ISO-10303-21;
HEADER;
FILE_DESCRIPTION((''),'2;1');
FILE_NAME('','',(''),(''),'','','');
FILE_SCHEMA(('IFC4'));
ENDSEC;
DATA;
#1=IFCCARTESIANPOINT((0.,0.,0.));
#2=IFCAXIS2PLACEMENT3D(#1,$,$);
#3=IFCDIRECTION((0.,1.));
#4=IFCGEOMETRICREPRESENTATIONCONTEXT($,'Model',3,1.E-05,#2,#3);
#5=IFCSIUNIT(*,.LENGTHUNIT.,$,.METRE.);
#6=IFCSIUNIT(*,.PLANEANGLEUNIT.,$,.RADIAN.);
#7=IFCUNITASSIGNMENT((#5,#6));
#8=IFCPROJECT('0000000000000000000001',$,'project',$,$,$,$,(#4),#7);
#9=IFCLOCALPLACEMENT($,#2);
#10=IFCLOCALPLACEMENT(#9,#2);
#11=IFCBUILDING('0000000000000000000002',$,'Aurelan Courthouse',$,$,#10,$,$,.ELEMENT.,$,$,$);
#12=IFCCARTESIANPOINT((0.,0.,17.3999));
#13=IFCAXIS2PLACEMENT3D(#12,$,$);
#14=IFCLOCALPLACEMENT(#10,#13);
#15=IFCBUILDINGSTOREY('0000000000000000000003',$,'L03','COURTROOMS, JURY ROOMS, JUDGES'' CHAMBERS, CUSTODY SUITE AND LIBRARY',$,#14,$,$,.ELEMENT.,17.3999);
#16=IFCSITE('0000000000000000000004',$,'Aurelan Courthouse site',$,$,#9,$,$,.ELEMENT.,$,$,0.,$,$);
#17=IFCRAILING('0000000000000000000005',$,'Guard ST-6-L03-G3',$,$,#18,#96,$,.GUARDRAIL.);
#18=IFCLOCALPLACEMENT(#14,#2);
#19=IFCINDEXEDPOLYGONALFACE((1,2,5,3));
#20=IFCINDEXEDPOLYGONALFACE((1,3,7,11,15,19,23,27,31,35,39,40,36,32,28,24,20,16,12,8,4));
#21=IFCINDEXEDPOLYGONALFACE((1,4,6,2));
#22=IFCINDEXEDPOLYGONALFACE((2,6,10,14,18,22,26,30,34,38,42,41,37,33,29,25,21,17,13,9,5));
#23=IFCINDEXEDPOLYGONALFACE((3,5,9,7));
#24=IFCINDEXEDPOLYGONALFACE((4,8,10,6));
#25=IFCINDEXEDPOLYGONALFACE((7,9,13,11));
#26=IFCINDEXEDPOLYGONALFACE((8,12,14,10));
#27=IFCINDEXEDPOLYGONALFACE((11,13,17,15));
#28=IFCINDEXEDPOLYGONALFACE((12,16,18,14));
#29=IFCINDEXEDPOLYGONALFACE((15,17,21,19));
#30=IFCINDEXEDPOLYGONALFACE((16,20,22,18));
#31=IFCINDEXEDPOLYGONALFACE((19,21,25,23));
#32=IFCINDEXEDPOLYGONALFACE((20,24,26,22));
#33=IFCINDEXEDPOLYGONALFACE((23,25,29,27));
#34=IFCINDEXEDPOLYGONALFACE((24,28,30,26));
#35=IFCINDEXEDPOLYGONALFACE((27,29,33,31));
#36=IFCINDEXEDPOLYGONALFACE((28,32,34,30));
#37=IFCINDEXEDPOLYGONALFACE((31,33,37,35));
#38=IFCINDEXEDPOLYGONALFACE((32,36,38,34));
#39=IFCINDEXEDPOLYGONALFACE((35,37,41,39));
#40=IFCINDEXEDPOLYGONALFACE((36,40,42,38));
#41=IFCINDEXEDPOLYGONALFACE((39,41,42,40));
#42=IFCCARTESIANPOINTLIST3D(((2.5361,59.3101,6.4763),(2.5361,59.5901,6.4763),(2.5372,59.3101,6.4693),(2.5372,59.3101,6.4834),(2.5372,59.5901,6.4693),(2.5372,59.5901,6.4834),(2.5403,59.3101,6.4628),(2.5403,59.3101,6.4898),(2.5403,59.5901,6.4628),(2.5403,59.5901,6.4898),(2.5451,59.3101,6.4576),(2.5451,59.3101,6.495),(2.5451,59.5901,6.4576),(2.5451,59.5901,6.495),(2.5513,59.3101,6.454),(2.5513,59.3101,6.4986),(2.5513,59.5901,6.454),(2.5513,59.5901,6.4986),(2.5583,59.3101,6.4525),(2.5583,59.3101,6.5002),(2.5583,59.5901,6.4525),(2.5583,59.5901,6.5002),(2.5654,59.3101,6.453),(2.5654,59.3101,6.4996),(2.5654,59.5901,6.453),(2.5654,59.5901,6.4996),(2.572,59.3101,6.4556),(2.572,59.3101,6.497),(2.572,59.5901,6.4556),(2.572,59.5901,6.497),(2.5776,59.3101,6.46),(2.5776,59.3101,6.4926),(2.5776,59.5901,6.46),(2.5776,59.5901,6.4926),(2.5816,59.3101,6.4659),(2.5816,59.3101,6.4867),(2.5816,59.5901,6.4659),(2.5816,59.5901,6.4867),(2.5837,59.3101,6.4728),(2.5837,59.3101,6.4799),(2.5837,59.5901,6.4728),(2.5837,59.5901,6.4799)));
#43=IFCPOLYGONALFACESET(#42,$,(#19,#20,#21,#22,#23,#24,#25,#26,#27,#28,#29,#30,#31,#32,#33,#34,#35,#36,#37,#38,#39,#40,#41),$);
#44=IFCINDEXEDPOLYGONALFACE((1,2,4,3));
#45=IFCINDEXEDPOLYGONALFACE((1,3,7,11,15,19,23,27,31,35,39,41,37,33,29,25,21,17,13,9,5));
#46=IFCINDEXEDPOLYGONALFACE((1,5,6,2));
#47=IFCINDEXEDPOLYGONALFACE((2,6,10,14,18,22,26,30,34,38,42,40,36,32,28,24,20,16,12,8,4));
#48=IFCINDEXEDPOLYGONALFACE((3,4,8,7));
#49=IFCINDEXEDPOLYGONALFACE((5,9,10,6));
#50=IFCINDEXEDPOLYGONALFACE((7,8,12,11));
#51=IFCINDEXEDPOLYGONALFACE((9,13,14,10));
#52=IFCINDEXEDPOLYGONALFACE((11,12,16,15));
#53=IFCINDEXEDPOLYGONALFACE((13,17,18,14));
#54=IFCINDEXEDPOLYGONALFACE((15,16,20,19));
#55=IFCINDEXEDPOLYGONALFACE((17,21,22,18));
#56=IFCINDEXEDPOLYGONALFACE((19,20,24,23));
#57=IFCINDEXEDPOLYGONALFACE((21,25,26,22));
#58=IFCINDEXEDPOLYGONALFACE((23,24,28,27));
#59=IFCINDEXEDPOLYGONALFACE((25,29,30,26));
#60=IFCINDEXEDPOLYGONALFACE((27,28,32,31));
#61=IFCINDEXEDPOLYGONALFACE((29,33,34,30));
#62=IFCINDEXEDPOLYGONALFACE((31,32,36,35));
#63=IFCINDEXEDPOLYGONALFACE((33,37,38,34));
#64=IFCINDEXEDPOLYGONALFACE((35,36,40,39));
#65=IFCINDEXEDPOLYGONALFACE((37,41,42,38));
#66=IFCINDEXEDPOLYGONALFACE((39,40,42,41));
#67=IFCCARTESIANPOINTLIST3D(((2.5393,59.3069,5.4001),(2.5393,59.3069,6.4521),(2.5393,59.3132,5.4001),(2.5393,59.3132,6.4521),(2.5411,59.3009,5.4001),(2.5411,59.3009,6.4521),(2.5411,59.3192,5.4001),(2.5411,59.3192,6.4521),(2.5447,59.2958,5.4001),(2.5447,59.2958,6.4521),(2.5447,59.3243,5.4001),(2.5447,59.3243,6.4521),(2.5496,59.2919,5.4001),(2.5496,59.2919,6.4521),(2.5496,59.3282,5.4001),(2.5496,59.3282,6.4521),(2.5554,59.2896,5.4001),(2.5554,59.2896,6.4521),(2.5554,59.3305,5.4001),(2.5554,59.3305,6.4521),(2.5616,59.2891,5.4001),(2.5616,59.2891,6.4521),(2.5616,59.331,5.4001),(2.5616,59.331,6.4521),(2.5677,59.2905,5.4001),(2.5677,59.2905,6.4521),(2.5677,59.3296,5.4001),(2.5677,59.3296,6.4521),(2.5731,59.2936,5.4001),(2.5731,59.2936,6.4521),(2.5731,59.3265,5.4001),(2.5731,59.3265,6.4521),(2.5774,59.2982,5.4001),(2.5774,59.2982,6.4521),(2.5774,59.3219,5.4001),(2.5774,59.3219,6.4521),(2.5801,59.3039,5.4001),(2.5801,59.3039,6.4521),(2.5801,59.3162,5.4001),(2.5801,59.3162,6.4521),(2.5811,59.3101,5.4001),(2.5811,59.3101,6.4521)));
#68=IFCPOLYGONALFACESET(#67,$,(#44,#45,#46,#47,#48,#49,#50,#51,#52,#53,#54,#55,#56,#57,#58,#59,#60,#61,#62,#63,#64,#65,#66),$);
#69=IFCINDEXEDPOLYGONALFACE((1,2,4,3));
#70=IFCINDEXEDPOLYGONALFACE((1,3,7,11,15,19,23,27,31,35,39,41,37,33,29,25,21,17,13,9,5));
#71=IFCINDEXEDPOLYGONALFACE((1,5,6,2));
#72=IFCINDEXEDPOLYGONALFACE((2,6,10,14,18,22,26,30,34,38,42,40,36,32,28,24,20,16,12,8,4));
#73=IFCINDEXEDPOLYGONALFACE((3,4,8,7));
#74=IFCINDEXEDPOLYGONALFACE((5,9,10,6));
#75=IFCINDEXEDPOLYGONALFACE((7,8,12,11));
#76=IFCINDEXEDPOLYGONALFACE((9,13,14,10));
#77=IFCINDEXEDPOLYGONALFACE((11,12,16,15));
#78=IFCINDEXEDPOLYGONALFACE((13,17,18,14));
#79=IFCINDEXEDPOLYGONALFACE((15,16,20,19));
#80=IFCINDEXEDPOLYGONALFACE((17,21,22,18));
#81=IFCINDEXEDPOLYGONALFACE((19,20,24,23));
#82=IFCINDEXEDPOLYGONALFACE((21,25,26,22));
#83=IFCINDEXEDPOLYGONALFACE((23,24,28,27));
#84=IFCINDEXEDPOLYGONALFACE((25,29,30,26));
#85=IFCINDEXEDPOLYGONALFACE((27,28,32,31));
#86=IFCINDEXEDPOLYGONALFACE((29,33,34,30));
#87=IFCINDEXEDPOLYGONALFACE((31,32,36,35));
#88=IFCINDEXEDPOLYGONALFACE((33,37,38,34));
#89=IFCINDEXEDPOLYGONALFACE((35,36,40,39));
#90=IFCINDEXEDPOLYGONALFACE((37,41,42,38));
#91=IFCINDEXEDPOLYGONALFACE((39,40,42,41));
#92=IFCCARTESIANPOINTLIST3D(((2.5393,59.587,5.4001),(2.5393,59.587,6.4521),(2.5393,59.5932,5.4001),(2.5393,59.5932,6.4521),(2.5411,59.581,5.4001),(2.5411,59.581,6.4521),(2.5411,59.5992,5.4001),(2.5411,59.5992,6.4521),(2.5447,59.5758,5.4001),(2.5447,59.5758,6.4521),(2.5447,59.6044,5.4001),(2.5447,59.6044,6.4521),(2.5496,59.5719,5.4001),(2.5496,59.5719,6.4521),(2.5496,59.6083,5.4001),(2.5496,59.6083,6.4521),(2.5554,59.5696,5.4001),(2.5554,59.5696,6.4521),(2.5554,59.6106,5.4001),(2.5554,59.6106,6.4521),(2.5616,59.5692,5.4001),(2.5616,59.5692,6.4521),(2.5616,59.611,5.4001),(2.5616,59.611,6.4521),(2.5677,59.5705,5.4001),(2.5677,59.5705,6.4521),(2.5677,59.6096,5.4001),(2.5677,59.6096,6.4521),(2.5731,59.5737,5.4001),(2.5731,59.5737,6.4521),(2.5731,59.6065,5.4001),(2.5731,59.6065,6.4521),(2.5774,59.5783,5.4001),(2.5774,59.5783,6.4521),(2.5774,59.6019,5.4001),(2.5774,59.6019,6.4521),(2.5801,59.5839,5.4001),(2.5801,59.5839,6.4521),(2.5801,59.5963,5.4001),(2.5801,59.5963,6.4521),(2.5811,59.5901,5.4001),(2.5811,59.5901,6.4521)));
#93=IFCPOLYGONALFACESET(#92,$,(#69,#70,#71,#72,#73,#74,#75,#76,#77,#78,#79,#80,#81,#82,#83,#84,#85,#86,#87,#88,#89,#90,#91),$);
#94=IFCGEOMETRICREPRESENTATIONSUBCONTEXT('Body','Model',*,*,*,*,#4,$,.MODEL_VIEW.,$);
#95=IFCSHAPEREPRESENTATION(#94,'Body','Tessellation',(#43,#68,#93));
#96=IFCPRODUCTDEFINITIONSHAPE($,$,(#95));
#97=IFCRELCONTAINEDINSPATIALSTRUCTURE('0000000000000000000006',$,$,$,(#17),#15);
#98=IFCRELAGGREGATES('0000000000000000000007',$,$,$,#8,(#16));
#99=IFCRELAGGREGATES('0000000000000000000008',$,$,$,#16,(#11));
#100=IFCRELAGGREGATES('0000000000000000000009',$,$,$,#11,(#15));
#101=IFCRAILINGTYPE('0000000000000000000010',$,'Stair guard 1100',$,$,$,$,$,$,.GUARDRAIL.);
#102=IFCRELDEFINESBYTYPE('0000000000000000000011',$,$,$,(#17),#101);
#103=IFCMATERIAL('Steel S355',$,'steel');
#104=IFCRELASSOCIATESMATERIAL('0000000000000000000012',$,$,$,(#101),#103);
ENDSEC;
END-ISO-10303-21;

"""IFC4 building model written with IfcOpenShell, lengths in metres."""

from ifc_helpers import new_model, si_unit, direction, frame, origin, origin_2d, place, context, subcontext, project, spatial, circle, extrude, material, type_object, element, save


model = new_model("IFC4")

# Units and contexts
model_context = context("Model", 3, precision=1e-05, world=origin(), true_north=direction((0.0, 1.0)))
body_context = subcontext(model_context, "Body", "Model", "MODEL_VIEW")
ifc_project = project(units=[si_unit("LENGTHUNIT", "METRE"), si_unit("PLANEANGLEUNIT", "RADIAN")], contexts=[model_context])

# Site, building, storey
site_placement = place(None, origin())
site = spatial("IfcSite", under=ifc_project, at=site_placement, Name="Aurelan Courthouse site", CompositionType="ELEMENT", RefElevation=0.0)
building_placement = place(site_placement, origin())
building = spatial("IfcBuilding", under=site, at=building_placement, Name="Aurelan Courthouse", CompositionType="ELEMENT")
storey_placement = place(building_placement, frame((0.0, 0.0, 17.3999)))
storey = spatial("IfcBuildingStorey", under=building, at=storey_placement, Name="L03", Description="COURTROOMS, JURY ROOMS, JUDGES' CHAMBERS, CUSTODY SUITE AND LIBRARY", CompositionType="ELEMENT", Elevation=17.3999)

# Shared definitions
ifc_material_1 = material(Name="Steel S355", Category="steel")

# Railing
railing_type_1 = type_object("IfcRailingType", Name="Stair guard 1100", PredefinedType="GUARDRAIL", material=ifc_material_1)
railing_1_placement = place(storey_placement, frame((2.5601, 59.3101, 5.4001)))
element("IfcRailing", 1, at=railing_1_placement, inside=storey, type_object=railing_type_1, Name="Guard ST-6-L03-G3", PredefinedType="GUARDRAIL", context=body_context, shape_type="SweptSolid", body=[
    extrude(circle(Radius=0.0239, at=origin_2d()), frame((0.0, 0.0, 1.0762), z_axis=(0.0, 1.0, 0.0), x_axis=(-1.0, 0.0, 0.0)), (0.0, 0.0, 1.0), 0.28),
    extrude(circle(Radius=0.021, at=origin_2d()), origin(), (0.0, 0.0, 1.0), 1.052),
    extrude(circle(Radius=0.021, at=origin_2d()), frame((0.0, 0.28, 0.0)), (0.0, 0.0, 1.0), 1.052),
])

save(model, "model.ifc")
